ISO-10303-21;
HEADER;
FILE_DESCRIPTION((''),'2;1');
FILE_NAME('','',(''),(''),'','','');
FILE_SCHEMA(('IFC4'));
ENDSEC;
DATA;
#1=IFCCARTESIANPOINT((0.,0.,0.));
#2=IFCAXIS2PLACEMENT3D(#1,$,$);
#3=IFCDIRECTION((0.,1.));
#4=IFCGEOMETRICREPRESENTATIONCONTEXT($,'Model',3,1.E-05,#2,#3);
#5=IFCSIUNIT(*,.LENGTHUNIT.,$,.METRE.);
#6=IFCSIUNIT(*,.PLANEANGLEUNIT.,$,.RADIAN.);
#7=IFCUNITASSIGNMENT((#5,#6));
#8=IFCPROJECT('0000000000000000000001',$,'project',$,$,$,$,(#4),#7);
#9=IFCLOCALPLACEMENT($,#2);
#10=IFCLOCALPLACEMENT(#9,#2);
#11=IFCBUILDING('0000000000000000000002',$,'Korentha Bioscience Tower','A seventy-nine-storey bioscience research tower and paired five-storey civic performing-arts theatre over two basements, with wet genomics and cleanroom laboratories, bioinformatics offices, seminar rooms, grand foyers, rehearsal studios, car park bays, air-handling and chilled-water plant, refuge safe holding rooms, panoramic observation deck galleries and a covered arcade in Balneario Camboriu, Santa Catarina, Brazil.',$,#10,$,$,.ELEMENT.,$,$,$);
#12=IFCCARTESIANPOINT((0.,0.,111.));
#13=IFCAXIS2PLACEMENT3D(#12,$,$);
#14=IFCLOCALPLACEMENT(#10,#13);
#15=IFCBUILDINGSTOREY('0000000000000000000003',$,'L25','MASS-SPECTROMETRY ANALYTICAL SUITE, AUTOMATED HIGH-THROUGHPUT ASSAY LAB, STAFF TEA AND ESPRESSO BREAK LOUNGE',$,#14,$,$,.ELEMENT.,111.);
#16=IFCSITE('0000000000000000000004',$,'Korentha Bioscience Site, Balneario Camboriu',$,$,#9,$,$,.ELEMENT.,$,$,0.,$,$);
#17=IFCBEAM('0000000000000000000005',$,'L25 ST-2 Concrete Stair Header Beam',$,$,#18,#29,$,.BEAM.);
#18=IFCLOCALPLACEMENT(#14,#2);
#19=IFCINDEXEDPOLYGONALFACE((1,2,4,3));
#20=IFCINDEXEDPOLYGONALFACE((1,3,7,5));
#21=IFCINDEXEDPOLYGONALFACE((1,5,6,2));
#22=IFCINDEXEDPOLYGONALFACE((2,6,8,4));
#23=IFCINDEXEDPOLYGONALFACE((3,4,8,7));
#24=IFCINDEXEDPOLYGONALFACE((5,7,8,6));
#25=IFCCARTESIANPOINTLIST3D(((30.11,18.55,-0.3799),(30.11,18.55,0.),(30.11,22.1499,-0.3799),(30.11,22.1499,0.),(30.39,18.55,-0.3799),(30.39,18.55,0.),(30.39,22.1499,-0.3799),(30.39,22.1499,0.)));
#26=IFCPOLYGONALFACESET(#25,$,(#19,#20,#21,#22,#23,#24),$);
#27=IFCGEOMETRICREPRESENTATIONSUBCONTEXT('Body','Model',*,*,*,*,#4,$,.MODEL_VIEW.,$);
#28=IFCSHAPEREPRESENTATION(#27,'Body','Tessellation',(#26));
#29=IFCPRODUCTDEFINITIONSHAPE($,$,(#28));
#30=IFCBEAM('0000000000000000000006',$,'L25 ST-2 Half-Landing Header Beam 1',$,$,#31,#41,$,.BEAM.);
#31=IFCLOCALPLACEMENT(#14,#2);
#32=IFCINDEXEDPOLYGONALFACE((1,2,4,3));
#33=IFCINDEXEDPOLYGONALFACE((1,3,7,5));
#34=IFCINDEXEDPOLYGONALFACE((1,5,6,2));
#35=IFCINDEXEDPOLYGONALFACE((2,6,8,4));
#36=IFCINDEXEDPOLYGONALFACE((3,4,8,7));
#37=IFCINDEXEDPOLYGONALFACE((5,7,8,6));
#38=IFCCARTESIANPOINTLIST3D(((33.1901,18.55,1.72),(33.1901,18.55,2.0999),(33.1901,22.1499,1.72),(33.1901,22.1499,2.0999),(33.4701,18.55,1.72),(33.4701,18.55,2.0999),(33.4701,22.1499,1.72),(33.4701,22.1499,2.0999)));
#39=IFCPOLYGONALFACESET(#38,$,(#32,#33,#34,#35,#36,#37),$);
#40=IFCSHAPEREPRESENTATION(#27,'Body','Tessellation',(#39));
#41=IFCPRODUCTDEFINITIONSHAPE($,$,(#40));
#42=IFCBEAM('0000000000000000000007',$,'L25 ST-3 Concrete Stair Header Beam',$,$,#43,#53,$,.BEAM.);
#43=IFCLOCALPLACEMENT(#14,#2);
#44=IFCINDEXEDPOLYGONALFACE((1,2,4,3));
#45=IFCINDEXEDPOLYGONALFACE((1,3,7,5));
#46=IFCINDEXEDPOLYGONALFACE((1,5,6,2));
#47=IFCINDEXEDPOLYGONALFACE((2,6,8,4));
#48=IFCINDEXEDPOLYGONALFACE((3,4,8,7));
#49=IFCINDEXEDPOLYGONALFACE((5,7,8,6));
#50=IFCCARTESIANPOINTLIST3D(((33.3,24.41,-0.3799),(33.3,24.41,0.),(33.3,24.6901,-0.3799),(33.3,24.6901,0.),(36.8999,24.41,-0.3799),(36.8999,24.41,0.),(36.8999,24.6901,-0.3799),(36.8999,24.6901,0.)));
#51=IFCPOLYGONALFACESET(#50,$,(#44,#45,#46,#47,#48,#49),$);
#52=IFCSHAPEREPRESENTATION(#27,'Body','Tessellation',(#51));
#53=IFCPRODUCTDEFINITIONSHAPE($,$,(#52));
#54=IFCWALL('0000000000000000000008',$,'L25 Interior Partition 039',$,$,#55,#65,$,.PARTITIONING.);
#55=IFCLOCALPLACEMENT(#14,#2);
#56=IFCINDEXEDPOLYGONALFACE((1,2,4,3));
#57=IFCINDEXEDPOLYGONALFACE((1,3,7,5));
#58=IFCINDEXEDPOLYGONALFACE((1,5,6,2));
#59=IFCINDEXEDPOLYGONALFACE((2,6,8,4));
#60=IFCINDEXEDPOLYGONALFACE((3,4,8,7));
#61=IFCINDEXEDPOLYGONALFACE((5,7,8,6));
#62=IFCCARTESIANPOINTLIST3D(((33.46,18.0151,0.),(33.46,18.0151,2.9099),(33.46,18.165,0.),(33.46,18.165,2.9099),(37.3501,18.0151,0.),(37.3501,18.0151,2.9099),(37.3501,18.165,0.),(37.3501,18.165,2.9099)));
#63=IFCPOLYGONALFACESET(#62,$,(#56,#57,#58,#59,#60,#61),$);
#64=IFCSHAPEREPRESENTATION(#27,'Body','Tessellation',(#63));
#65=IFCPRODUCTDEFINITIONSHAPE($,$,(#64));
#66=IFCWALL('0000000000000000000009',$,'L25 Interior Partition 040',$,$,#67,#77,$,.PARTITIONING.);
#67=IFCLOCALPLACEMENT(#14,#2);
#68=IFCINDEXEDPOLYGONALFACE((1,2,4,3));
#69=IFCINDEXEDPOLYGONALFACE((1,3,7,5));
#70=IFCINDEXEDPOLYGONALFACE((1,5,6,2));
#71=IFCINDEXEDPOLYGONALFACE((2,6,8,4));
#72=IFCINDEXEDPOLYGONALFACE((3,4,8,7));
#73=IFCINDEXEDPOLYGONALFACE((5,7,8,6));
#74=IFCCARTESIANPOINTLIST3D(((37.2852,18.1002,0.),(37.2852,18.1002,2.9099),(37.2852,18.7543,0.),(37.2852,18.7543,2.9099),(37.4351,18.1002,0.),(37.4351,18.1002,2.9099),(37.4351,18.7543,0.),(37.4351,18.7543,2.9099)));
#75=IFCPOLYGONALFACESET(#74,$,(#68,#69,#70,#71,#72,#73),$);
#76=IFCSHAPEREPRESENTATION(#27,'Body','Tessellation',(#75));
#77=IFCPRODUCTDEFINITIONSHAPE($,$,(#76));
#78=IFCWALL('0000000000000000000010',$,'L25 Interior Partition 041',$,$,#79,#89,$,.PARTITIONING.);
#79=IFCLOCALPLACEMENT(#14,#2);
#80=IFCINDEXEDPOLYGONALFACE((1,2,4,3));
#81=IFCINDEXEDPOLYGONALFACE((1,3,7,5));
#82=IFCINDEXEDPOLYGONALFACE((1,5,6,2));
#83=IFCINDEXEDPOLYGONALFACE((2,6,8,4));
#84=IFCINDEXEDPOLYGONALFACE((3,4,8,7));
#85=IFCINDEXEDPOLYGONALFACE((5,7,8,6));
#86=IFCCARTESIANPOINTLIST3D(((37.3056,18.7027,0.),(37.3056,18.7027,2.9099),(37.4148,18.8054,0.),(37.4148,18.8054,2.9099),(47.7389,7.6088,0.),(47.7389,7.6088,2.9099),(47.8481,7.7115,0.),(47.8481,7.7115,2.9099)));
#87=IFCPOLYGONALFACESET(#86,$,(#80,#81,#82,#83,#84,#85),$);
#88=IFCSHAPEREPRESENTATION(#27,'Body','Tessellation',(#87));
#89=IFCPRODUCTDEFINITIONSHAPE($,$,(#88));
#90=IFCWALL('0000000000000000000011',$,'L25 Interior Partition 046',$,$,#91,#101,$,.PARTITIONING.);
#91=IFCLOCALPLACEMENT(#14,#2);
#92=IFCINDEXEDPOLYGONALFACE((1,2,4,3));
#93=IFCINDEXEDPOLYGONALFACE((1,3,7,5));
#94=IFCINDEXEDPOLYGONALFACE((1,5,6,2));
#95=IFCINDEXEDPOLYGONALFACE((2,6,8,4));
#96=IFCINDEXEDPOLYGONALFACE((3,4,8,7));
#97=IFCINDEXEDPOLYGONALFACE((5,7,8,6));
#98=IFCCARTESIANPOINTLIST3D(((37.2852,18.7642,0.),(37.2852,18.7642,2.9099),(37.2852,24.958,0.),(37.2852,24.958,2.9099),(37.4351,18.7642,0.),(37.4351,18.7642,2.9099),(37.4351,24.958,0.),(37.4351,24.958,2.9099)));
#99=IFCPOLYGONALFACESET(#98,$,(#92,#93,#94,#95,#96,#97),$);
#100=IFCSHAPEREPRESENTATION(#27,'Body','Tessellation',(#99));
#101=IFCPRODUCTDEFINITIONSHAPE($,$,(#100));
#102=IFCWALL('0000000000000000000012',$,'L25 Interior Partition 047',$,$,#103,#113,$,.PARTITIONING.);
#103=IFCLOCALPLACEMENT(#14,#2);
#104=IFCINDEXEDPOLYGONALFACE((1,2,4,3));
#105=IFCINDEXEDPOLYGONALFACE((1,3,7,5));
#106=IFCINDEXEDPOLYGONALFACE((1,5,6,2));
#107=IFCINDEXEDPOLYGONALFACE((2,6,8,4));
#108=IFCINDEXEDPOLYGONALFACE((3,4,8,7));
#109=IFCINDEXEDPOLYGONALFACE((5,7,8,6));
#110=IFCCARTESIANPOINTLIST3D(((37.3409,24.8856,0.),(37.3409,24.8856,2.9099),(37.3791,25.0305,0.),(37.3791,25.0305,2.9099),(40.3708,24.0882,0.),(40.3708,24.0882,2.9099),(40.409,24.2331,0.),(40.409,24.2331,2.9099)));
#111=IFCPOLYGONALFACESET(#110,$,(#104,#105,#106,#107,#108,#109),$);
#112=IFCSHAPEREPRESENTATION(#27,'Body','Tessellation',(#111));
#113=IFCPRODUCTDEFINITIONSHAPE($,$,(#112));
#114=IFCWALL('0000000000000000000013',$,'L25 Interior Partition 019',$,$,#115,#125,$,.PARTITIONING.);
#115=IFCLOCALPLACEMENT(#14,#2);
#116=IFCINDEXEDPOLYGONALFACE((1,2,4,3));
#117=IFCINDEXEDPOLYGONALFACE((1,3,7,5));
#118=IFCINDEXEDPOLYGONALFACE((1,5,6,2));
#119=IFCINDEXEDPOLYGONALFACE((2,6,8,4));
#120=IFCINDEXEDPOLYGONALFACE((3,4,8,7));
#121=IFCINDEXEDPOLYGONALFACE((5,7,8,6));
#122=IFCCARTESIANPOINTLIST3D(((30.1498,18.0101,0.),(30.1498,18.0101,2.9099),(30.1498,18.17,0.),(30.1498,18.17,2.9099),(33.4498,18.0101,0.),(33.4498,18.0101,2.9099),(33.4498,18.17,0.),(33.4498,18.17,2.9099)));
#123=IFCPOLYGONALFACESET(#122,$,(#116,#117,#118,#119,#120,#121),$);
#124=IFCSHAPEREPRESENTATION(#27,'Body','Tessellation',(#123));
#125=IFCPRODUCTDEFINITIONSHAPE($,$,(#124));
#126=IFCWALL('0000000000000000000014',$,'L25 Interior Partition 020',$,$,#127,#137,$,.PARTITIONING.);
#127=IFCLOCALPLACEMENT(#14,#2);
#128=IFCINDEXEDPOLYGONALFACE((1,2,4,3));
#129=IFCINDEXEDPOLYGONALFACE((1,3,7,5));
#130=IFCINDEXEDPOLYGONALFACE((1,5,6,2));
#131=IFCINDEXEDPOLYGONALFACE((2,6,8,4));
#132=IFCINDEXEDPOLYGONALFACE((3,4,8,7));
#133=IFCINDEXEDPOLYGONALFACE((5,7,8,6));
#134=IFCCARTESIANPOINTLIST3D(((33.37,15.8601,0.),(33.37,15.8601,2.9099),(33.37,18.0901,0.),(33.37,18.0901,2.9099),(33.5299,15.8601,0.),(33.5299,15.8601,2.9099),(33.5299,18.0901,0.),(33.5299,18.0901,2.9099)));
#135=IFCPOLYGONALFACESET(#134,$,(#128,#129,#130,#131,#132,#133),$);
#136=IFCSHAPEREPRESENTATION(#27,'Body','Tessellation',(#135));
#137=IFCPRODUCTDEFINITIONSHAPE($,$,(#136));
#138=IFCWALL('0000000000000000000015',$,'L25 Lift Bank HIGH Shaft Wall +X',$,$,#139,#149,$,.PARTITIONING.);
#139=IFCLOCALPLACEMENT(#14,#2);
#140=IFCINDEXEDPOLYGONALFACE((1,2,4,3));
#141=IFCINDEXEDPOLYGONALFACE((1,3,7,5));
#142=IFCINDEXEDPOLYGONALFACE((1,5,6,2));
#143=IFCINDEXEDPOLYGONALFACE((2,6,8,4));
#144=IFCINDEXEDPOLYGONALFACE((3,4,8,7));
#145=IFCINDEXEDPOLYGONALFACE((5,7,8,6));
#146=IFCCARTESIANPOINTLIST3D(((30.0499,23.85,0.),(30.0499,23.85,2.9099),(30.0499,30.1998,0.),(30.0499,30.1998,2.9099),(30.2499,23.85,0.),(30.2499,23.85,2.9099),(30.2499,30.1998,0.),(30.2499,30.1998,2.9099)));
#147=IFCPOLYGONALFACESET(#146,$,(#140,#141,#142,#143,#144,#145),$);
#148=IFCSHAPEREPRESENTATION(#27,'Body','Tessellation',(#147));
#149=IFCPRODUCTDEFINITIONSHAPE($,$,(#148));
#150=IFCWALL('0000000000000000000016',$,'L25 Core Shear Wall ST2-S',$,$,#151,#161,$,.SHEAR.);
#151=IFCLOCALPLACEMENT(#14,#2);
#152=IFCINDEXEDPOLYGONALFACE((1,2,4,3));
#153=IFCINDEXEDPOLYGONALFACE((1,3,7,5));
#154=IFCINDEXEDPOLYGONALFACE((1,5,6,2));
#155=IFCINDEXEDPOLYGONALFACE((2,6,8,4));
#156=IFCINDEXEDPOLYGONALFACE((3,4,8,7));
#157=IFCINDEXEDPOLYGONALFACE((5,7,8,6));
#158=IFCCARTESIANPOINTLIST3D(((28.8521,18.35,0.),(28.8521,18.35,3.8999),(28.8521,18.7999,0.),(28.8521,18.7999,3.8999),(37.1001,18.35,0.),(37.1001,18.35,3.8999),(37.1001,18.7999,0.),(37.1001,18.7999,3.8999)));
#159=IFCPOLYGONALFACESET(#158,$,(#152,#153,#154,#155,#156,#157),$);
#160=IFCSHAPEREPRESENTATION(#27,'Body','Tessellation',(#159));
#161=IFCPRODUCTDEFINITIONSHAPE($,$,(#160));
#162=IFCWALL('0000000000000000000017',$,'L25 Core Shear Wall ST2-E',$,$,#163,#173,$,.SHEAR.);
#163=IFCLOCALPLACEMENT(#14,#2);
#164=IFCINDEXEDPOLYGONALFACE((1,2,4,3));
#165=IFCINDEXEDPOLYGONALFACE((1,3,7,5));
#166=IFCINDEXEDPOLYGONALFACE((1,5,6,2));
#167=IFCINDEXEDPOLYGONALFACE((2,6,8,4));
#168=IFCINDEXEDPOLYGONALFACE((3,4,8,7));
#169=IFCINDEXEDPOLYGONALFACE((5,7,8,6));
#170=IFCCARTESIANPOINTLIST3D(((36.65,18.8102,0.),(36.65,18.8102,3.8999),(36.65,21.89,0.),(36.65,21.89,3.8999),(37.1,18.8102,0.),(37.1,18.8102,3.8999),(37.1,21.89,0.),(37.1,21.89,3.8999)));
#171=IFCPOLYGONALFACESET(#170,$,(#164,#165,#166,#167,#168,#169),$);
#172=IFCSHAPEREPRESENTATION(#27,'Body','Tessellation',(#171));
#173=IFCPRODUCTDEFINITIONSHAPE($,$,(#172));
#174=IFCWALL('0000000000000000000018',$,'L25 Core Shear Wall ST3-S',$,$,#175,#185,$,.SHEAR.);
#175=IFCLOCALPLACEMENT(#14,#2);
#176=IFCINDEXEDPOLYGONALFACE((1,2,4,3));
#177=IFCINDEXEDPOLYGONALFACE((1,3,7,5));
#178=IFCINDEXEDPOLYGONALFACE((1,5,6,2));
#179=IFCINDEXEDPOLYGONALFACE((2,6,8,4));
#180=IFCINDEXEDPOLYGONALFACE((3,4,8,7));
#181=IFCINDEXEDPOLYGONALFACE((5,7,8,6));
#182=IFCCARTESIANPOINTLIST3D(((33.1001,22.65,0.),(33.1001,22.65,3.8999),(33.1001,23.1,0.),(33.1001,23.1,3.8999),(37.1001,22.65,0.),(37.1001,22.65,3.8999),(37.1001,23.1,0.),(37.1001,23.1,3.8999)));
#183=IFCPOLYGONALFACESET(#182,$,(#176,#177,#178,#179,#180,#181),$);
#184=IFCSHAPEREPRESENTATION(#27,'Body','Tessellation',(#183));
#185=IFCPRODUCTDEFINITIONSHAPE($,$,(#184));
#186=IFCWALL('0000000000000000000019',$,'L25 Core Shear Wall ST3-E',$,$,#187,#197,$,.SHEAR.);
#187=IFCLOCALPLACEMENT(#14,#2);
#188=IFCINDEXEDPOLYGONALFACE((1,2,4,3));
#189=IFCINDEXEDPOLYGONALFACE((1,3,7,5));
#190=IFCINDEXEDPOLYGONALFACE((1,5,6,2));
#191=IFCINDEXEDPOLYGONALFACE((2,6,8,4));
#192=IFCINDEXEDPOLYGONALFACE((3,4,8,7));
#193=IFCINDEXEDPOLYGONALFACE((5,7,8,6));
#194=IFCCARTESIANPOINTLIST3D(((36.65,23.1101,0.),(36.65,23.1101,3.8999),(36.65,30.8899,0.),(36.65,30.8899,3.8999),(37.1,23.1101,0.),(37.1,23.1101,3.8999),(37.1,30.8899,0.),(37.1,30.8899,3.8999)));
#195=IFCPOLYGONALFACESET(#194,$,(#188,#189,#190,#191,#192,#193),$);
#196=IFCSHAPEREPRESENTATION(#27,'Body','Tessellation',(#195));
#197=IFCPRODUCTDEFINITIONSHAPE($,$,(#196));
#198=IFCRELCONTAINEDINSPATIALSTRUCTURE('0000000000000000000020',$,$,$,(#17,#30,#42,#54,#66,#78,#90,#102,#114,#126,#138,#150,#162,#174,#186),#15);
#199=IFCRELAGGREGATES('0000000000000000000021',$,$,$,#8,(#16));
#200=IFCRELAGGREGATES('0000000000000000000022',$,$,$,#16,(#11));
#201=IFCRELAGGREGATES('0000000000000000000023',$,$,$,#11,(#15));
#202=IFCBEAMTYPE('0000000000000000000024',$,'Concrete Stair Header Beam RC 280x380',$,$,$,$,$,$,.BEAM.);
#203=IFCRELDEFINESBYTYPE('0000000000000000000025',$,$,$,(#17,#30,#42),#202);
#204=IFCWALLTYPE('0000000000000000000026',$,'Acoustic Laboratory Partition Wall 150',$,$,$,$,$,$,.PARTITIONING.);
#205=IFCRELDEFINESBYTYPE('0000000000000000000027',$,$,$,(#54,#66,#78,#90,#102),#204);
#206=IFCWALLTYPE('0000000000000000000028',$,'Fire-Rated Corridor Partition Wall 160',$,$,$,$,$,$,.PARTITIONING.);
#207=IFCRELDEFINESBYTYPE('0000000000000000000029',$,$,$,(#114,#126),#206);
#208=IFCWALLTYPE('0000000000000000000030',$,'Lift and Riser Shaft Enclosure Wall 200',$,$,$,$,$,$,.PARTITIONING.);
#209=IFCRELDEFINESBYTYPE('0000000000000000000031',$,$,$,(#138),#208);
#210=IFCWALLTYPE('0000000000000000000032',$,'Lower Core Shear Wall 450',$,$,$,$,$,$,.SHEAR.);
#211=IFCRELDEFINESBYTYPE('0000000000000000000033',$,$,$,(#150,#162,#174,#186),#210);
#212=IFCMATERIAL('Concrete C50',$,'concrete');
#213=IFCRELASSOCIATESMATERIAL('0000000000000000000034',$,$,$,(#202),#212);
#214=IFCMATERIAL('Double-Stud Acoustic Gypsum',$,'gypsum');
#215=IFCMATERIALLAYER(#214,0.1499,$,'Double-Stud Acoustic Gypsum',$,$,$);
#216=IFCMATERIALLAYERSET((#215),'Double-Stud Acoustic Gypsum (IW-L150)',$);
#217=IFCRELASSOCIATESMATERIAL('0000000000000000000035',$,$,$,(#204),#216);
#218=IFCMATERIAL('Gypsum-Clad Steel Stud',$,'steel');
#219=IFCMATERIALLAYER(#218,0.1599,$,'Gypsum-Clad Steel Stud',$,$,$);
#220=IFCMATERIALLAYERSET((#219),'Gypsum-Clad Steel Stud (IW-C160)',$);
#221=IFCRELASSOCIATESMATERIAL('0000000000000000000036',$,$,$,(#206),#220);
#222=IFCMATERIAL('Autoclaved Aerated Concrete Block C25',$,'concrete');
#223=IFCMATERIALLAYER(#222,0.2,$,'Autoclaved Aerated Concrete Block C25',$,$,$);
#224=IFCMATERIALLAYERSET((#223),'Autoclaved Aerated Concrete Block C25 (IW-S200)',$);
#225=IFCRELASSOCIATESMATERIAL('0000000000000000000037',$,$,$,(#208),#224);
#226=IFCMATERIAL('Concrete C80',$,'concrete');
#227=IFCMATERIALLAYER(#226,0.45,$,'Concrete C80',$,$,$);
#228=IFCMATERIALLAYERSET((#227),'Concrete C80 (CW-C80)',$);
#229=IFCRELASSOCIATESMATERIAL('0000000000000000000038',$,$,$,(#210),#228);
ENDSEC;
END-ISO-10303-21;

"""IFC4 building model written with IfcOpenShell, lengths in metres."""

from ifc_helpers import new_model, si_unit, direction, frame, frame_2d, origin, origin_2d, place, context, subcontext, project, spatial, rectangle, extrude, material, layer, layer_set, material_profile, profile_set, type_object, element, save


model = new_model("IFC4")

# Units and contexts
model_context = context("Model", 3, precision=1e-05, world=origin(), true_north=direction((0.0, 1.0)))
body_context = subcontext(model_context, "Body", "Model", "MODEL_VIEW")
ifc_project = project(units=[si_unit("LENGTHUNIT", "METRE"), si_unit("PLANEANGLEUNIT", "RADIAN")], contexts=[model_context])

# Site, building, storey
site_placement = place(None, origin())
site = spatial("IfcSite", under=ifc_project, at=site_placement, Name="Korentha Bioscience Site, Balneario Camboriu", CompositionType="ELEMENT", RefElevation=0.0)
building_placement = place(site_placement, origin())
building = spatial("IfcBuilding", under=site, at=building_placement, Name="Korentha Bioscience Tower", Description="A seventy-nine-storey bioscience research tower and paired five-storey civic performing-arts theatre over two basements, with wet genomics and cleanroom laboratories, bioinformatics offices, seminar rooms, grand foyers, rehearsal studios, car park bays, air-handling and chilled-water plant, refuge safe holding rooms, panoramic observation deck galleries and a covered arcade in Balneario Camboriu, Santa Catarina, Brazil.", CompositionType="ELEMENT")
storey_placement = place(building_placement, frame((0.0, 0.0, 111.0)))
storey = spatial("IfcBuildingStorey", under=building, at=storey_placement, Name="L25", Description="MASS-SPECTROMETRY ANALYTICAL SUITE, AUTOMATED HIGH-THROUGHPUT ASSAY LAB, STAFF TEA AND ESPRESSO BREAK LOUNGE", CompositionType="ELEMENT", Elevation=111.0)

# Beams
ifc_material_1 = material(Name="Concrete C50", Category="concrete")
ifc_material_profile = material_profile(ifc_material_1, rectangle(XDim=0.28, YDim=0.3799, at=origin_2d()), Name="Concrete C50")
ifc_profile_set = profile_set([ifc_material_profile], Name="Concrete C50 (ST-HB380)")
beam_type = type_object("IfcBeamType", Name="Concrete Stair Header Beam RC 280x380", PredefinedType="BEAM", material=ifc_profile_set)
for number, where, z_axis, x_axis, name in (
    (1, (30.25, 18.55, -0.1899), (0.0, 1.0, 0.0), (-1.0, 0.0, 0.0), "L25 ST-2 Concrete Stair Header Beam"),
    (2, (33.3301, 18.55, 1.9099), (0.0, 1.0, 0.0), (-1.0, 0.0, 0.0), "L25 ST-2 Half-Landing Header Beam 1"),
    (3, (36.8999, 24.55, -0.1899), (-1.0, 0.0, 0.0), (0.0, -1.0, 0.0), "L25 ST-3 Concrete Stair Header Beam"),
):
    element("IfcBeam", number, at=place(storey_placement, frame(where, z_axis=z_axis, x_axis=x_axis)), inside=storey, type_object=beam_type, Name=name, PredefinedType="BEAM", context=body_context, shape_type="SweptSolid", body=[
        extrude(rectangle(XDim=0.28, YDim=0.3799, at=origin_2d()), origin(), (0.0, 0.0, 1.0), 3.5999),
    ])

# Walls
ifc_material_2 = material(Name="Double-Stud Acoustic Gypsum", Category="gypsum")
ifc_layer_1 = layer(ifc_material_2, 0.1499, Name="Double-Stud Acoustic Gypsum")
ifc_layer_set_1 = layer_set([ifc_layer_1], Name="Double-Stud Acoustic Gypsum (IW-L150)")
wall_type_1 = type_object("IfcWallType", Name="Acoustic Laboratory Partition Wall 150", PredefinedType="PARTITIONING", material=ifc_layer_set_1)
wall_1_placement = place(storey_placement, frame((33.46, 18.0901, 0.0), z_axis=(0.0, 0.0, 1.0), x_axis=(1.0, 0.0, 0.0)))
element("IfcWall", 4, at=wall_1_placement, inside=storey, type_object=wall_type_1, Name="L25 Interior Partition 039", PredefinedType="PARTITIONING", context=body_context, shape_type="SweptSolid", body=[
    extrude(rectangle(XDim=3.8901, YDim=0.1499, at=frame_2d((1.9451, 0.0))), origin(), (0.0, 0.0, 1.0), 2.9099),
])
wall_2_placement = place(storey_placement, frame((37.3601, 18.1001, 0.0), z_axis=(0.0, 0.0, 1.0), x_axis=(0.0, 1.0, 0.0)))
element("IfcWall", 5, at=wall_2_placement, inside=storey, type_object=wall_type_1, Name="L25 Interior Partition 040", PredefinedType="PARTITIONING", context=body_context, shape_type="SweptSolid", body=[
    extrude(rectangle(XDim=0.6541, YDim=0.1499, at=frame_2d((0.3271, 0.0))), origin(), (0.0, 0.0, 1.0), 2.9099),
])
wall_3_placement = place(storey_placement, frame((37.3601, 18.7542, 0.0), z_axis=(0.0, 0.0, 1.0), x_axis=(0.685084, -0.728464, 0.0)))
element("IfcWall", 6, at=wall_3_placement, inside=storey, type_object=wall_type_1, Name="L25 Interior Partition 041", PredefinedType="PARTITIONING", context=body_context, shape_type="SweptSolid", body=[
    extrude(rectangle(XDim=15.2292, YDim=0.1499, at=frame_2d((7.6147, 0.0))), origin(), (0.0, 0.0, 1.0), 2.9099),
])
wall_4_placement = place(storey_placement, frame((37.3601, 18.7642, 0.0), z_axis=(0.0, 0.0, 1.0), x_axis=(0.0, 1.0, 0.0)))
element("IfcWall", 7, at=wall_4_placement, inside=storey, type_object=wall_type_1, Name="L25 Interior Partition 046", PredefinedType="PARTITIONING", context=body_context, shape_type="SweptSolid", body=[
    extrude(rectangle(XDim=6.1938, YDim=0.1499, at=frame_2d((3.0969, 0.0))), origin(), (0.0, 0.0, 1.0), 2.9099),
])
wall_5_placement = place(storey_placement, frame((37.3601, 24.958, 0.0), z_axis=(0.0, 0.0, 1.0), x_axis=(0.96707, -0.254509, 0.0)))
element("IfcWall", 8, at=wall_5_placement, inside=storey, type_object=wall_type_1, Name="L25 Interior Partition 047", PredefinedType="PARTITIONING", context=body_context, shape_type="SweptSolid", body=[
    extrude(rectangle(XDim=3.1331, YDim=0.1499, at=frame_2d((1.5664, 0.0))), origin(), (0.0, 0.0, 1.0), 2.9099),
])
ifc_material_3 = material(Name="Gypsum-Clad Steel Stud", Category="steel")
ifc_layer_2 = layer(ifc_material_3, 0.1599, Name="Gypsum-Clad Steel Stud")
ifc_layer_set_2 = layer_set([ifc_layer_2], Name="Gypsum-Clad Steel Stud (IW-C160)")
wall_type_2 = type_object("IfcWallType", Name="Fire-Rated Corridor Partition Wall 160", PredefinedType="PARTITIONING", material=ifc_layer_set_2)
wall_6_placement = place(storey_placement, frame((30.1499, 18.0901, 0.0), z_axis=(0.0, 0.0, 1.0), x_axis=(1.0, 0.0, 0.0)))
element("IfcWall", 9, at=wall_6_placement, inside=storey, type_object=wall_type_2, Name="L25 Interior Partition 019", PredefinedType="PARTITIONING", context=body_context, shape_type="SweptSolid", body=[
    extrude(rectangle(XDim=3.3, YDim=0.1599, at=frame_2d((1.6499, 0.0))), origin(), (0.0, 0.0, 1.0), 2.9099),
])
wall_7_placement = place(storey_placement, frame((33.45, 18.0901, 0.0), z_axis=(0.0, 0.0, 1.0), x_axis=(0.0, -1.0, 0.0)))
element("IfcWall", 10, at=wall_7_placement, inside=storey, type_object=wall_type_2, Name="L25 Interior Partition 020", PredefinedType="PARTITIONING", context=body_context, shape_type="SweptSolid", body=[
    extrude(rectangle(XDim=2.23, YDim=0.1599, at=frame_2d((1.115, 0.0))), origin(), (0.0, 0.0, 1.0), 2.9099),
])
ifc_material_4 = material(Name="Autoclaved Aerated Concrete Block C25", Category="concrete")
ifc_layer_3 = layer(ifc_material_4, 0.2, Name="Autoclaved Aerated Concrete Block C25")
ifc_layer_set_3 = layer_set([ifc_layer_3], Name="Autoclaved Aerated Concrete Block C25 (IW-S200)")
wall_type_3 = type_object("IfcWallType", Name="Lift and Riser Shaft Enclosure Wall 200", PredefinedType="PARTITIONING", material=ifc_layer_set_3)
wall_8_placement = place(storey_placement, frame((30.1499, 23.8501, 0.0), z_axis=(0.0, 0.0, 1.0), x_axis=(0.0, 1.0, 0.0)))
element("IfcWall", 11, at=wall_8_placement, inside=storey, type_object=wall_type_3, Name="L25 Lift Bank HIGH Shaft Wall +X", PredefinedType="PARTITIONING", context=body_context, shape_type="SweptSolid", body=[
    extrude(rectangle(XDim=6.3499, YDim=0.2, at=frame_2d((3.1748, 0.0))), origin(), (0.0, 0.0, 1.0), 2.9099),
])
ifc_material_5 = material(Name="Concrete C80", Category="concrete")
ifc_layer_4 = layer(ifc_material_5, 0.45, Name="Concrete C80")
ifc_layer_set_4 = layer_set([ifc_layer_4], Name="Concrete C80 (CW-C80)")
wall_type_4 = type_object("IfcWallType", Name="Lower Core Shear Wall 450", PredefinedType="SHEAR", material=ifc_layer_set_4)
wall_9_placement = place(storey_placement, frame((28.8521, 18.575, 0.0), z_axis=(0.0, 0.0, 1.0), x_axis=(1.0, 0.0, 0.0)))
element("IfcWall", 12, at=wall_9_placement, inside=storey, type_object=wall_type_4, Name="L25 Core Shear Wall ST2-S", PredefinedType="SHEAR", context=body_context, shape_type="SweptSolid", body=[
    extrude(rectangle(XDim=8.248, YDim=0.45, at=frame_2d((4.124, 0.0))), origin(), (0.0, 0.0, 1.0), 3.8999),
])
wall_10_placement = place(storey_placement, frame((36.875, 18.8101, 0.0), z_axis=(0.0, 0.0, 1.0), x_axis=(0.0, 1.0, 0.0)))
element("IfcWall", 13, at=wall_10_placement, inside=storey, type_object=wall_type_4, Name="L25 Core Shear Wall ST2-E", PredefinedType="SHEAR", context=body_context, shape_type="SweptSolid", body=[
    extrude(rectangle(XDim=3.0798, YDim=0.45, at=frame_2d((1.54, 0.0))), origin(), (0.0, 0.0, 1.0), 3.8999),
])
wall_11_placement = place(storey_placement, frame((33.1001, 22.875, 0.0), z_axis=(0.0, 0.0, 1.0), x_axis=(1.0, 0.0, 0.0)))
element("IfcWall", 14, at=wall_11_placement, inside=storey, type_object=wall_type_4, Name="L25 Core Shear Wall ST3-S", PredefinedType="SHEAR", context=body_context, shape_type="SweptSolid", body=[
    extrude(rectangle(XDim=4.0, YDim=0.45, at=frame_2d((2.0, 0.0))), origin(), (0.0, 0.0, 1.0), 3.8999),
])
wall_12_placement = place(storey_placement, frame((36.875, 23.1101, 0.0), z_axis=(0.0, 0.0, 1.0), x_axis=(0.0, 1.0, 0.0)))
element("IfcWall", 15, at=wall_12_placement, inside=storey, type_object=wall_type_4, Name="L25 Core Shear Wall ST3-E", PredefinedType="SHEAR", context=body_context, shape_type="SweptSolid", body=[
    extrude(rectangle(XDim=7.7798, YDim=0.45, at=frame_2d((3.8899, 0.0))), origin(), (0.0, 0.0, 1.0), 3.8999),
])

save(model, "model.ifc")
